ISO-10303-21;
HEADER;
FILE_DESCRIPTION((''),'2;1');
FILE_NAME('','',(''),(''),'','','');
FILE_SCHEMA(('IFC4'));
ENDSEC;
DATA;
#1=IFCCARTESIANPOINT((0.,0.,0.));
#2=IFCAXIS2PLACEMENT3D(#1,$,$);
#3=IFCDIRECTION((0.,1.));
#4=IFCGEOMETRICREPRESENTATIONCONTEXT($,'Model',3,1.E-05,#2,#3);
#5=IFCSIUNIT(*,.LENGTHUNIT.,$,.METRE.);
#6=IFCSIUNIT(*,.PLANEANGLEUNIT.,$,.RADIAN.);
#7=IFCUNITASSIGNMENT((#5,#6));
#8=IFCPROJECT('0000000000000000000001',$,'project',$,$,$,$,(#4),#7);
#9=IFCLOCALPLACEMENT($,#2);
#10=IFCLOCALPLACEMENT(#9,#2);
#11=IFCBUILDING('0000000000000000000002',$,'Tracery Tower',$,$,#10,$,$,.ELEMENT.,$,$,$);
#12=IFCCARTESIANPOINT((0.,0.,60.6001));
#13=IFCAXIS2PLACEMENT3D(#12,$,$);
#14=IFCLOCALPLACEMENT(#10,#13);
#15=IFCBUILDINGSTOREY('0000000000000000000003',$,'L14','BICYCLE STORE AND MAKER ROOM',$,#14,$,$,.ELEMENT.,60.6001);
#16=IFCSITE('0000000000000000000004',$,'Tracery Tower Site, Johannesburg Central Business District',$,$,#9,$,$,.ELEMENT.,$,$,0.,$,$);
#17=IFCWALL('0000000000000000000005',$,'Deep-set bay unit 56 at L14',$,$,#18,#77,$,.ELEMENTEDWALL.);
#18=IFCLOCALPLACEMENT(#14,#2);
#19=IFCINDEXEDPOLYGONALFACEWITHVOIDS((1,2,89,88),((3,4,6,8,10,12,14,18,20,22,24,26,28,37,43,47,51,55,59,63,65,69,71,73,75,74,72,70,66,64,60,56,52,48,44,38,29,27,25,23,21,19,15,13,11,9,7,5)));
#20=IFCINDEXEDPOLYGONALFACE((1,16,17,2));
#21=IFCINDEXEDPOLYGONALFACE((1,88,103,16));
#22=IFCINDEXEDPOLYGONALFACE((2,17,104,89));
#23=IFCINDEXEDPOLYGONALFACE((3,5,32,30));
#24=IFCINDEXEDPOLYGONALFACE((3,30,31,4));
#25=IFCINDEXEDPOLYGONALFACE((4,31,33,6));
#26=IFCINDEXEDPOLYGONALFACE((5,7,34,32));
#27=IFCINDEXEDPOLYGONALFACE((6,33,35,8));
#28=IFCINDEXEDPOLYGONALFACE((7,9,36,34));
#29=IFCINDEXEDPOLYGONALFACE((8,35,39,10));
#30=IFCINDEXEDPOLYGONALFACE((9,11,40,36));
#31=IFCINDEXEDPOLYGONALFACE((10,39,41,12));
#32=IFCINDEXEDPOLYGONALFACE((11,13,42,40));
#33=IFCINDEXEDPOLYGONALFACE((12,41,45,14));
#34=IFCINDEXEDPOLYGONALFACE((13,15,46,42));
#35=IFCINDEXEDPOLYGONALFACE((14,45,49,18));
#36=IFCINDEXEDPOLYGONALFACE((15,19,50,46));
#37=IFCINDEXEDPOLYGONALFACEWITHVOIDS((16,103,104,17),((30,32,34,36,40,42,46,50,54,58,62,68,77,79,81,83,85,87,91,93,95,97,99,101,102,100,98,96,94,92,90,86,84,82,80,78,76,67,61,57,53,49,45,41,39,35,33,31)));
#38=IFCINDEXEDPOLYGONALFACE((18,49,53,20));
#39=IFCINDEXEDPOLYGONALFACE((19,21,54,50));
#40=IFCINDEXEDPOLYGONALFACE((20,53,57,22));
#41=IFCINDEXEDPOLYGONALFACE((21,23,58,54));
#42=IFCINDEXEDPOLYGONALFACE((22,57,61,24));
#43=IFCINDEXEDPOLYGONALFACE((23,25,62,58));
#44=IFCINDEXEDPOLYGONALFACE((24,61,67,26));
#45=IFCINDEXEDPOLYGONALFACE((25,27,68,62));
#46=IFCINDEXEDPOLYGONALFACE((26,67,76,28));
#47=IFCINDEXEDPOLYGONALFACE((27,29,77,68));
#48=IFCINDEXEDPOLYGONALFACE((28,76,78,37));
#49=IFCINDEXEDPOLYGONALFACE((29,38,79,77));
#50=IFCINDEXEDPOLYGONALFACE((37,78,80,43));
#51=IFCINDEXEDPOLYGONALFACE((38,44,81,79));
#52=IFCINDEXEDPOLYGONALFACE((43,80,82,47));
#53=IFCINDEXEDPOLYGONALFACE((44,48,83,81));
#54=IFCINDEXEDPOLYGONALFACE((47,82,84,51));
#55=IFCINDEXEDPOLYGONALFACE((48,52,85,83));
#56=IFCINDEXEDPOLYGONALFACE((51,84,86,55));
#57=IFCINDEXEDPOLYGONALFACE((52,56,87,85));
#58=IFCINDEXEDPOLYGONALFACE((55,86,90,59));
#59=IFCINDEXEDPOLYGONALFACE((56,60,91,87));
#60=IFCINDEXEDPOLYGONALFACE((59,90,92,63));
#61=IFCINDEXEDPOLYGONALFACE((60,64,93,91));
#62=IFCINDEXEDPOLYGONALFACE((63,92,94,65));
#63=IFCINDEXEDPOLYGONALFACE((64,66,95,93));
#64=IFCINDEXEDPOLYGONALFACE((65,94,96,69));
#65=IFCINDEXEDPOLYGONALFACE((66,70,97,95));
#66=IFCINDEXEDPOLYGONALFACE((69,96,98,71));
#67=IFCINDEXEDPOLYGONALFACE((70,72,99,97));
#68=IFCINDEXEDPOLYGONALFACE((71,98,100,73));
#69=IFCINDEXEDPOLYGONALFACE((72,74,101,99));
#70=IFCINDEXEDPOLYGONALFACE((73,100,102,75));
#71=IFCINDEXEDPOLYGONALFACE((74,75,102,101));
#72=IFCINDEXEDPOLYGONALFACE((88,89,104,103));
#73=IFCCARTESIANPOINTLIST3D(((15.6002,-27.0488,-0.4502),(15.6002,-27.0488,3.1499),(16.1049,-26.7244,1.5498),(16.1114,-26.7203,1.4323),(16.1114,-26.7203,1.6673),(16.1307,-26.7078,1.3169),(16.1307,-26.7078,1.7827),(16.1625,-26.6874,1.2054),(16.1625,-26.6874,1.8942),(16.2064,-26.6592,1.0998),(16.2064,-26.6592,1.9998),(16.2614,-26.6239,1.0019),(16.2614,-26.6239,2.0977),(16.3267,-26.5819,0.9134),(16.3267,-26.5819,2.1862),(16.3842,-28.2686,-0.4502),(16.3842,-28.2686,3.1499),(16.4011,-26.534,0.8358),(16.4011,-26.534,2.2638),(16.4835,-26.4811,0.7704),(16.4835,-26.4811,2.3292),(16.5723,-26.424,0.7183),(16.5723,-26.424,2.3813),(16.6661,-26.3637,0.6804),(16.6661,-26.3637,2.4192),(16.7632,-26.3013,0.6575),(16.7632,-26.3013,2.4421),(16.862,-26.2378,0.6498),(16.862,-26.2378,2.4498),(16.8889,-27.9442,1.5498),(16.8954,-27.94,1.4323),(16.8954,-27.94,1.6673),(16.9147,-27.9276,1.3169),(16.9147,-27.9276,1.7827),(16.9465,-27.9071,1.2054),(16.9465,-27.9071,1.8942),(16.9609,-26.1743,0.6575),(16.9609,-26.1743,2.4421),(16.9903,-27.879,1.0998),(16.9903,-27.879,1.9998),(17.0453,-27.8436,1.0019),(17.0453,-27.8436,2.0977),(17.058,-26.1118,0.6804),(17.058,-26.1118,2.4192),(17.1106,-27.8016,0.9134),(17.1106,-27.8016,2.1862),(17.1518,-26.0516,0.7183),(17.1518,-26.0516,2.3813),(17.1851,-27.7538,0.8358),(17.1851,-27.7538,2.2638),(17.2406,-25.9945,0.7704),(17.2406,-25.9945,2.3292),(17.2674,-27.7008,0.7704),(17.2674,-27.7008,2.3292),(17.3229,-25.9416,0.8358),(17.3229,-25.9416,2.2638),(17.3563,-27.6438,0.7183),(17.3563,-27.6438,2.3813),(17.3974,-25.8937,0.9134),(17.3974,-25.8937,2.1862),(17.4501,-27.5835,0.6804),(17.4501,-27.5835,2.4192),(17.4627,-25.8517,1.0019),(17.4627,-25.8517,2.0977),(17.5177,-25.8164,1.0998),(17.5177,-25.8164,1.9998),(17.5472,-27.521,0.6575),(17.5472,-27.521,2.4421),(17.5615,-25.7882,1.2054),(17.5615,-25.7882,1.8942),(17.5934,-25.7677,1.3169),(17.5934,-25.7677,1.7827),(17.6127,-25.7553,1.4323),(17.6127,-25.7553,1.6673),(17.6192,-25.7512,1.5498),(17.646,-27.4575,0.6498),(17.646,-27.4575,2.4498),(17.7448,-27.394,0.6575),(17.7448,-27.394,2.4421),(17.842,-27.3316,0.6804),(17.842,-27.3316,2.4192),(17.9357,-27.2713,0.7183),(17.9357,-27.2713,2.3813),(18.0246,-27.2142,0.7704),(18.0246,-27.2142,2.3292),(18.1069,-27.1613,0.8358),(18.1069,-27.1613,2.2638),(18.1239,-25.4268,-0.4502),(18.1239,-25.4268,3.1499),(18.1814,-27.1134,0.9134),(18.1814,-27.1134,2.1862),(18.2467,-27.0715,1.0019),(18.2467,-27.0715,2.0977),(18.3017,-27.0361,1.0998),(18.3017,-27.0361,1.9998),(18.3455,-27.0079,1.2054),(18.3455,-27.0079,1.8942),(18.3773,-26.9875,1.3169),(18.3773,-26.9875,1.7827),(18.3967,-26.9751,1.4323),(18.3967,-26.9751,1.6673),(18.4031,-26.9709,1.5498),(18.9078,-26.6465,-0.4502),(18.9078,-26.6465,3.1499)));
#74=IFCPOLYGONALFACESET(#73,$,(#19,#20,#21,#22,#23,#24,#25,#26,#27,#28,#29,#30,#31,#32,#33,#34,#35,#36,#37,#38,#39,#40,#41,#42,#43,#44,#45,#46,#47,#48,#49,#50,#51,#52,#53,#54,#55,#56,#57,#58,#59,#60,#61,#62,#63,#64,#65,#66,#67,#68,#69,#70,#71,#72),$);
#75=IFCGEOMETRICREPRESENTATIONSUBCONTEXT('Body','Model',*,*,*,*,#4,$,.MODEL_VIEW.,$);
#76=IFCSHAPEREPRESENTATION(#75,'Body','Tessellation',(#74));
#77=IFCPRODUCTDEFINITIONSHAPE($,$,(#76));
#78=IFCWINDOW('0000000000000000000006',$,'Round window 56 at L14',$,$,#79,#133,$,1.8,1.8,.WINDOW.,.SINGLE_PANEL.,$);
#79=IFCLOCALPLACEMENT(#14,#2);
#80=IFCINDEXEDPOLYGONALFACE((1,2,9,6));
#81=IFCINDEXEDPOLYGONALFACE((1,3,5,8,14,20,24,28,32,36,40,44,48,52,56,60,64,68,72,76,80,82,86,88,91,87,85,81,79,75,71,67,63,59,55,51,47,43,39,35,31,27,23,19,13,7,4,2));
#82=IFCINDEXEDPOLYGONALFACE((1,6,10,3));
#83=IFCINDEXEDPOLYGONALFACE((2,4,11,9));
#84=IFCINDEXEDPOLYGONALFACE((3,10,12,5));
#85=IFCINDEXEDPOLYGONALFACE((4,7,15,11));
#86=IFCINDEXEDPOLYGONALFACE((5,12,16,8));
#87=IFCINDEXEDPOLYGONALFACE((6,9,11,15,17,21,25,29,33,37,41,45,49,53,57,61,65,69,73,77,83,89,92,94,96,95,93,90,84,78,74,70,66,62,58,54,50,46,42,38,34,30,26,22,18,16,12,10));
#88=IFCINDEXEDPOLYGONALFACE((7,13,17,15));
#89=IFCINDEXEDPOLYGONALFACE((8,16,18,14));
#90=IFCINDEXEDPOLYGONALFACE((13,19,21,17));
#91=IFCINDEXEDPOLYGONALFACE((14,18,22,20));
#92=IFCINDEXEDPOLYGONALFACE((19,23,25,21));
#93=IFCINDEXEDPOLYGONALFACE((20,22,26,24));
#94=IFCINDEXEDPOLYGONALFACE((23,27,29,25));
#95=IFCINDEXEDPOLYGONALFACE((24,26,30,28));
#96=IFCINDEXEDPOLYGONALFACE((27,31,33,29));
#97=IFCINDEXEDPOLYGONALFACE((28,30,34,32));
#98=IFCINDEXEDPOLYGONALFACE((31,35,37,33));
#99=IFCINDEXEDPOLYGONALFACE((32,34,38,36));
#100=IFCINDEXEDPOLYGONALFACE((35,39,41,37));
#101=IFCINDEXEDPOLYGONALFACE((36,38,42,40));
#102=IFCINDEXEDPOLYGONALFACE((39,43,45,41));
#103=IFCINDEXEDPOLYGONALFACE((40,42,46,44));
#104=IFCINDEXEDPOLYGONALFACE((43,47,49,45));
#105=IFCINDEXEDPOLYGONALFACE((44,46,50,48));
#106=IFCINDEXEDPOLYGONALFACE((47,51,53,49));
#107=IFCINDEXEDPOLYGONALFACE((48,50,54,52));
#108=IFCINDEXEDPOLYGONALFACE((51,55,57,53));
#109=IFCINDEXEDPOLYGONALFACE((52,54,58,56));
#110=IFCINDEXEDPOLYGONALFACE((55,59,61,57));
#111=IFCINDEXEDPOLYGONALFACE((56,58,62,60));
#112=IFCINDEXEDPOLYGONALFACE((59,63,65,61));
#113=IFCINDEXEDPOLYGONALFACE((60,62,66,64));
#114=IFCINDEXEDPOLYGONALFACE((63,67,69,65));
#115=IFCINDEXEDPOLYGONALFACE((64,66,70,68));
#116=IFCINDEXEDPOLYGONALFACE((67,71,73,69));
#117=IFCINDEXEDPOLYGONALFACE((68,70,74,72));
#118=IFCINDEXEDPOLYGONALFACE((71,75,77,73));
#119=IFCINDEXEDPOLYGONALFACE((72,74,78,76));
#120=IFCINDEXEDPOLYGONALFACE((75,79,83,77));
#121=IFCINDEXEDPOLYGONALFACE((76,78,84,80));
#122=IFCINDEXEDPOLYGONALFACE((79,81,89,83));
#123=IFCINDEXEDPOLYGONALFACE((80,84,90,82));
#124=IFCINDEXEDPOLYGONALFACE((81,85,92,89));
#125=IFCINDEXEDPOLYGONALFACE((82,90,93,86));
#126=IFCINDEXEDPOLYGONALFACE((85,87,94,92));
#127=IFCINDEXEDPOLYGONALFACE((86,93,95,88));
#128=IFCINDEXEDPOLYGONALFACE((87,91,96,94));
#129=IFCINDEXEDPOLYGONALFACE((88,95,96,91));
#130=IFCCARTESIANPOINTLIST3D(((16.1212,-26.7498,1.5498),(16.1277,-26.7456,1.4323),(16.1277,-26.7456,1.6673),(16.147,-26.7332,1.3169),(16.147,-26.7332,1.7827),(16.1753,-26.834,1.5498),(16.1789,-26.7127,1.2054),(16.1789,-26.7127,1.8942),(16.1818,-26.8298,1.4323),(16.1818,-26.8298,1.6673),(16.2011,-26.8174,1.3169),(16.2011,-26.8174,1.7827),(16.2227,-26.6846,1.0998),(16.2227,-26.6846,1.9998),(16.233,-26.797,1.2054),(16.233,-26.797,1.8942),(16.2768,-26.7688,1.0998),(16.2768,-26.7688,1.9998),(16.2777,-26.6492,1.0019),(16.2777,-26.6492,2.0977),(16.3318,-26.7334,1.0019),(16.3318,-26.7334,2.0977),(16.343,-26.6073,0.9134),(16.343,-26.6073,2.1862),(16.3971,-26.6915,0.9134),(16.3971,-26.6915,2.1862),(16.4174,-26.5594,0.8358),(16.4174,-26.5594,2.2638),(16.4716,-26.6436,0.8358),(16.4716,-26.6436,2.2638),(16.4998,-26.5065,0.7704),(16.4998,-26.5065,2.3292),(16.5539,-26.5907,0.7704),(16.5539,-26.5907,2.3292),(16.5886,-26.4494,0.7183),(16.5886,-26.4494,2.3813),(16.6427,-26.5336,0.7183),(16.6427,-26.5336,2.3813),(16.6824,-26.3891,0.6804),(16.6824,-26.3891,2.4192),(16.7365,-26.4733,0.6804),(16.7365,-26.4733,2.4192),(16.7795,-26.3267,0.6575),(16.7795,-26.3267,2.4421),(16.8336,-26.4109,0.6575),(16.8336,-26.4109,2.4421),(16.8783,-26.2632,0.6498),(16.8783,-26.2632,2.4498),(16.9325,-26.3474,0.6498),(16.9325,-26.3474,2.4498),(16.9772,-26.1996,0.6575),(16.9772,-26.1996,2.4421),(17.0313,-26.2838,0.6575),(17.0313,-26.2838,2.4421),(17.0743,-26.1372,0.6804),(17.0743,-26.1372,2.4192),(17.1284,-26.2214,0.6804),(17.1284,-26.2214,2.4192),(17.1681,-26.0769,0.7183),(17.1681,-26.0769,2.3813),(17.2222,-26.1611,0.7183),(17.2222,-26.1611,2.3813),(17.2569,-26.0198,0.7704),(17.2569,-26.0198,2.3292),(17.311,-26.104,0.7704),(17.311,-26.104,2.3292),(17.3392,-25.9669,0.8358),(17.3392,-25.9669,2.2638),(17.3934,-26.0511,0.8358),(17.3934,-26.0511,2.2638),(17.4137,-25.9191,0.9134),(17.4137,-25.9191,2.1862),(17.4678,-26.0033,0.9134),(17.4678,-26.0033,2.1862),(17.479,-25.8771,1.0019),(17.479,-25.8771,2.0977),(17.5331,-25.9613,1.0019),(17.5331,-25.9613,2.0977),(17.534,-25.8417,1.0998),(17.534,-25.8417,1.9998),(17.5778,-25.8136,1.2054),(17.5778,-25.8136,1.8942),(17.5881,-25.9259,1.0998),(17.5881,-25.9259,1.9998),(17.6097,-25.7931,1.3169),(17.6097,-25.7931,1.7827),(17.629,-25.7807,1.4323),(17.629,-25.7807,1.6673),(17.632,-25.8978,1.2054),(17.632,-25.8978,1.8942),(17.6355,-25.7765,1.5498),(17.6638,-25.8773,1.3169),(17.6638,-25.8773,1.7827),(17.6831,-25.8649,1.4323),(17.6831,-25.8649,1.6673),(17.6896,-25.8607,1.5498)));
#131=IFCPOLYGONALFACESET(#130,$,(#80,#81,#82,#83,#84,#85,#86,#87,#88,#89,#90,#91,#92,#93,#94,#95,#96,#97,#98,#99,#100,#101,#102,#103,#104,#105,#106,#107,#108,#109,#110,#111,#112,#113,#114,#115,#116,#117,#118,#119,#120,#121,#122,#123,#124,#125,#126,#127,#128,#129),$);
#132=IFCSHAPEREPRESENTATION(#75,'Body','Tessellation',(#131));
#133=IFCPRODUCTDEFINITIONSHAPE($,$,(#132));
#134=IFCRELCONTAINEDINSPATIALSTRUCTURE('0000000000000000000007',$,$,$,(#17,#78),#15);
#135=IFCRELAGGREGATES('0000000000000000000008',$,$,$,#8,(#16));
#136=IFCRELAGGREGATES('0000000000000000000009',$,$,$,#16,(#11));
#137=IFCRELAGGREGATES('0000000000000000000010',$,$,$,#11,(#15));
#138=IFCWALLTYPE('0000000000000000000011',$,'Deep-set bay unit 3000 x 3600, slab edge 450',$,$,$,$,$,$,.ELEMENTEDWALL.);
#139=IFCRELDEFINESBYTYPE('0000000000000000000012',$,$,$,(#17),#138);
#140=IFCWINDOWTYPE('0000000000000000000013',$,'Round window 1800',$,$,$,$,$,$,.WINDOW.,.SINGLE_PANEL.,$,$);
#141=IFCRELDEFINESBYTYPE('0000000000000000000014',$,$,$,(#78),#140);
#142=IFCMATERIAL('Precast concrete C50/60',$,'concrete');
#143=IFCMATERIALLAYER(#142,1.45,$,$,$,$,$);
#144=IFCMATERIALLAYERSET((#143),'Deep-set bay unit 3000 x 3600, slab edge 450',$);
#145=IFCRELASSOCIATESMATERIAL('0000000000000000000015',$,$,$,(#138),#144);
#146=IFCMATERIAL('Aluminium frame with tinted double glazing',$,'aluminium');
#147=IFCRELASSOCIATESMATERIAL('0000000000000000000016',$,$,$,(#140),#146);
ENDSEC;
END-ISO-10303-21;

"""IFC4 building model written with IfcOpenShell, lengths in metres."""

from ifc_helpers import new_model, si_unit, direction, frame, frame_2d, origin, origin_2d, place, context, subcontext, project, spatial, rectangle, circle, extrude, material, layer, layer_set, type_object, element, fill, save


model = new_model("IFC4")

# Units and contexts
model_context = context("Model", 3, precision=1e-05, world=origin(), true_north=direction((0.0, 1.0)))
body_context = subcontext(model_context, "Body", "Model", "MODEL_VIEW")
ifc_project = project(units=[si_unit("LENGTHUNIT", "METRE"), si_unit("PLANEANGLEUNIT", "RADIAN")], contexts=[model_context])

# Site, building, storey
site_placement = place(None, origin())
site = spatial("IfcSite", under=ifc_project, at=site_placement, Name="Tracery Tower Site, Johannesburg Central Business District", CompositionType="ELEMENT", RefElevation=0.0)
building_placement = place(site_placement, origin())
building = spatial("IfcBuilding", under=site, at=building_placement, Name="Tracery Tower", CompositionType="ELEMENT")
storey_placement = place(building_placement, frame((0.0, 0.0, 60.6001)))
storey = spatial("IfcBuildingStorey", under=building, at=storey_placement, Name="L14", Description="BICYCLE STORE AND MAKER ROOM", CompositionType="ELEMENT", Elevation=60.6001)

# Wall, opening, window
ifc_material_1 = material(Name="Precast concrete C50/60", Category="concrete")
ifc_layer_1 = layer(ifc_material_1, 1.45)
ifc_layer_set_1 = layer_set([ifc_layer_1], Name="Deep-set bay unit 3000 x 3600, slab edge 450")
wall_type_1 = type_object("IfcWallType", Name="Deep-set bay unit 3000 x 3600, slab edge 450", PredefinedType="ELEMENTEDWALL", material=ifc_layer_set_1)
wall_1_placement = place(storey_placement, frame((15.9922, -27.6587, -0.4502), z_axis=(0.0, 0.0, 1.0), x_axis=(0.841223, 0.540688, 0.0)))
wall_1 = element("IfcWall", 1, at=wall_1_placement, inside=storey, type_object=wall_type_1, Name="Deep-set bay unit 56 at L14", PredefinedType="ELEMENTEDWALL", context=body_context, shape_type="SweptSolid", body=[
    extrude(rectangle(XDim=3.0, YDim=1.45, at=frame_2d((1.5, 0.0))), origin(), (0.0, 0.0, 1.0), 3.6001),
])
opening_1_placement = place(wall_1_placement, frame((1.5, 0.0, 2.0)))
opening_1 = element("IfcOpeningElement", 2, at=opening_1_placement, cuts=wall_1, PredefinedType="OPENING", context=body_context, shape_type="SweptSolid", body=[
    extrude(circle(Radius=0.9, at=origin_2d()), frame((0.0, 0.7349, 0.0), z_axis=(0.0, -1.0, 0.0), x_axis=(1.0, 0.0, 0.0)), (0.0, 0.0, 1.0), 1.47),
])
ifc_material_2 = material(Name="Aluminium frame with tinted double glazing", Category="aluminium")
window_type = type_object("IfcWindowType", Name="Round window 1800", PartitioningType="SINGLE_PANEL", PredefinedType="WINDOW", material=ifc_material_2)
window_1_placement = place(opening_1_placement, origin())
window_1 = element("IfcWindow", 3, at=window_1_placement, inside=storey, type_object=window_type, Name="Round window 56 at L14", OverallHeight=1.8, OverallWidth=1.8, PartitioningType="SINGLE_PANEL", PredefinedType="WINDOW", context=body_context, shape_type="SweptSolid", body=[
    extrude(circle(Radius=0.9, at=origin_2d()), frame((0.0, 0.6948, 0.0), z_axis=(0.0, -1.0, 0.0), x_axis=(1.0, 0.0, 0.0)), (0.0, 0.0, 1.0), 0.1001),
])
fill(opening_1, window_1)

save(model, "model.ifc")
